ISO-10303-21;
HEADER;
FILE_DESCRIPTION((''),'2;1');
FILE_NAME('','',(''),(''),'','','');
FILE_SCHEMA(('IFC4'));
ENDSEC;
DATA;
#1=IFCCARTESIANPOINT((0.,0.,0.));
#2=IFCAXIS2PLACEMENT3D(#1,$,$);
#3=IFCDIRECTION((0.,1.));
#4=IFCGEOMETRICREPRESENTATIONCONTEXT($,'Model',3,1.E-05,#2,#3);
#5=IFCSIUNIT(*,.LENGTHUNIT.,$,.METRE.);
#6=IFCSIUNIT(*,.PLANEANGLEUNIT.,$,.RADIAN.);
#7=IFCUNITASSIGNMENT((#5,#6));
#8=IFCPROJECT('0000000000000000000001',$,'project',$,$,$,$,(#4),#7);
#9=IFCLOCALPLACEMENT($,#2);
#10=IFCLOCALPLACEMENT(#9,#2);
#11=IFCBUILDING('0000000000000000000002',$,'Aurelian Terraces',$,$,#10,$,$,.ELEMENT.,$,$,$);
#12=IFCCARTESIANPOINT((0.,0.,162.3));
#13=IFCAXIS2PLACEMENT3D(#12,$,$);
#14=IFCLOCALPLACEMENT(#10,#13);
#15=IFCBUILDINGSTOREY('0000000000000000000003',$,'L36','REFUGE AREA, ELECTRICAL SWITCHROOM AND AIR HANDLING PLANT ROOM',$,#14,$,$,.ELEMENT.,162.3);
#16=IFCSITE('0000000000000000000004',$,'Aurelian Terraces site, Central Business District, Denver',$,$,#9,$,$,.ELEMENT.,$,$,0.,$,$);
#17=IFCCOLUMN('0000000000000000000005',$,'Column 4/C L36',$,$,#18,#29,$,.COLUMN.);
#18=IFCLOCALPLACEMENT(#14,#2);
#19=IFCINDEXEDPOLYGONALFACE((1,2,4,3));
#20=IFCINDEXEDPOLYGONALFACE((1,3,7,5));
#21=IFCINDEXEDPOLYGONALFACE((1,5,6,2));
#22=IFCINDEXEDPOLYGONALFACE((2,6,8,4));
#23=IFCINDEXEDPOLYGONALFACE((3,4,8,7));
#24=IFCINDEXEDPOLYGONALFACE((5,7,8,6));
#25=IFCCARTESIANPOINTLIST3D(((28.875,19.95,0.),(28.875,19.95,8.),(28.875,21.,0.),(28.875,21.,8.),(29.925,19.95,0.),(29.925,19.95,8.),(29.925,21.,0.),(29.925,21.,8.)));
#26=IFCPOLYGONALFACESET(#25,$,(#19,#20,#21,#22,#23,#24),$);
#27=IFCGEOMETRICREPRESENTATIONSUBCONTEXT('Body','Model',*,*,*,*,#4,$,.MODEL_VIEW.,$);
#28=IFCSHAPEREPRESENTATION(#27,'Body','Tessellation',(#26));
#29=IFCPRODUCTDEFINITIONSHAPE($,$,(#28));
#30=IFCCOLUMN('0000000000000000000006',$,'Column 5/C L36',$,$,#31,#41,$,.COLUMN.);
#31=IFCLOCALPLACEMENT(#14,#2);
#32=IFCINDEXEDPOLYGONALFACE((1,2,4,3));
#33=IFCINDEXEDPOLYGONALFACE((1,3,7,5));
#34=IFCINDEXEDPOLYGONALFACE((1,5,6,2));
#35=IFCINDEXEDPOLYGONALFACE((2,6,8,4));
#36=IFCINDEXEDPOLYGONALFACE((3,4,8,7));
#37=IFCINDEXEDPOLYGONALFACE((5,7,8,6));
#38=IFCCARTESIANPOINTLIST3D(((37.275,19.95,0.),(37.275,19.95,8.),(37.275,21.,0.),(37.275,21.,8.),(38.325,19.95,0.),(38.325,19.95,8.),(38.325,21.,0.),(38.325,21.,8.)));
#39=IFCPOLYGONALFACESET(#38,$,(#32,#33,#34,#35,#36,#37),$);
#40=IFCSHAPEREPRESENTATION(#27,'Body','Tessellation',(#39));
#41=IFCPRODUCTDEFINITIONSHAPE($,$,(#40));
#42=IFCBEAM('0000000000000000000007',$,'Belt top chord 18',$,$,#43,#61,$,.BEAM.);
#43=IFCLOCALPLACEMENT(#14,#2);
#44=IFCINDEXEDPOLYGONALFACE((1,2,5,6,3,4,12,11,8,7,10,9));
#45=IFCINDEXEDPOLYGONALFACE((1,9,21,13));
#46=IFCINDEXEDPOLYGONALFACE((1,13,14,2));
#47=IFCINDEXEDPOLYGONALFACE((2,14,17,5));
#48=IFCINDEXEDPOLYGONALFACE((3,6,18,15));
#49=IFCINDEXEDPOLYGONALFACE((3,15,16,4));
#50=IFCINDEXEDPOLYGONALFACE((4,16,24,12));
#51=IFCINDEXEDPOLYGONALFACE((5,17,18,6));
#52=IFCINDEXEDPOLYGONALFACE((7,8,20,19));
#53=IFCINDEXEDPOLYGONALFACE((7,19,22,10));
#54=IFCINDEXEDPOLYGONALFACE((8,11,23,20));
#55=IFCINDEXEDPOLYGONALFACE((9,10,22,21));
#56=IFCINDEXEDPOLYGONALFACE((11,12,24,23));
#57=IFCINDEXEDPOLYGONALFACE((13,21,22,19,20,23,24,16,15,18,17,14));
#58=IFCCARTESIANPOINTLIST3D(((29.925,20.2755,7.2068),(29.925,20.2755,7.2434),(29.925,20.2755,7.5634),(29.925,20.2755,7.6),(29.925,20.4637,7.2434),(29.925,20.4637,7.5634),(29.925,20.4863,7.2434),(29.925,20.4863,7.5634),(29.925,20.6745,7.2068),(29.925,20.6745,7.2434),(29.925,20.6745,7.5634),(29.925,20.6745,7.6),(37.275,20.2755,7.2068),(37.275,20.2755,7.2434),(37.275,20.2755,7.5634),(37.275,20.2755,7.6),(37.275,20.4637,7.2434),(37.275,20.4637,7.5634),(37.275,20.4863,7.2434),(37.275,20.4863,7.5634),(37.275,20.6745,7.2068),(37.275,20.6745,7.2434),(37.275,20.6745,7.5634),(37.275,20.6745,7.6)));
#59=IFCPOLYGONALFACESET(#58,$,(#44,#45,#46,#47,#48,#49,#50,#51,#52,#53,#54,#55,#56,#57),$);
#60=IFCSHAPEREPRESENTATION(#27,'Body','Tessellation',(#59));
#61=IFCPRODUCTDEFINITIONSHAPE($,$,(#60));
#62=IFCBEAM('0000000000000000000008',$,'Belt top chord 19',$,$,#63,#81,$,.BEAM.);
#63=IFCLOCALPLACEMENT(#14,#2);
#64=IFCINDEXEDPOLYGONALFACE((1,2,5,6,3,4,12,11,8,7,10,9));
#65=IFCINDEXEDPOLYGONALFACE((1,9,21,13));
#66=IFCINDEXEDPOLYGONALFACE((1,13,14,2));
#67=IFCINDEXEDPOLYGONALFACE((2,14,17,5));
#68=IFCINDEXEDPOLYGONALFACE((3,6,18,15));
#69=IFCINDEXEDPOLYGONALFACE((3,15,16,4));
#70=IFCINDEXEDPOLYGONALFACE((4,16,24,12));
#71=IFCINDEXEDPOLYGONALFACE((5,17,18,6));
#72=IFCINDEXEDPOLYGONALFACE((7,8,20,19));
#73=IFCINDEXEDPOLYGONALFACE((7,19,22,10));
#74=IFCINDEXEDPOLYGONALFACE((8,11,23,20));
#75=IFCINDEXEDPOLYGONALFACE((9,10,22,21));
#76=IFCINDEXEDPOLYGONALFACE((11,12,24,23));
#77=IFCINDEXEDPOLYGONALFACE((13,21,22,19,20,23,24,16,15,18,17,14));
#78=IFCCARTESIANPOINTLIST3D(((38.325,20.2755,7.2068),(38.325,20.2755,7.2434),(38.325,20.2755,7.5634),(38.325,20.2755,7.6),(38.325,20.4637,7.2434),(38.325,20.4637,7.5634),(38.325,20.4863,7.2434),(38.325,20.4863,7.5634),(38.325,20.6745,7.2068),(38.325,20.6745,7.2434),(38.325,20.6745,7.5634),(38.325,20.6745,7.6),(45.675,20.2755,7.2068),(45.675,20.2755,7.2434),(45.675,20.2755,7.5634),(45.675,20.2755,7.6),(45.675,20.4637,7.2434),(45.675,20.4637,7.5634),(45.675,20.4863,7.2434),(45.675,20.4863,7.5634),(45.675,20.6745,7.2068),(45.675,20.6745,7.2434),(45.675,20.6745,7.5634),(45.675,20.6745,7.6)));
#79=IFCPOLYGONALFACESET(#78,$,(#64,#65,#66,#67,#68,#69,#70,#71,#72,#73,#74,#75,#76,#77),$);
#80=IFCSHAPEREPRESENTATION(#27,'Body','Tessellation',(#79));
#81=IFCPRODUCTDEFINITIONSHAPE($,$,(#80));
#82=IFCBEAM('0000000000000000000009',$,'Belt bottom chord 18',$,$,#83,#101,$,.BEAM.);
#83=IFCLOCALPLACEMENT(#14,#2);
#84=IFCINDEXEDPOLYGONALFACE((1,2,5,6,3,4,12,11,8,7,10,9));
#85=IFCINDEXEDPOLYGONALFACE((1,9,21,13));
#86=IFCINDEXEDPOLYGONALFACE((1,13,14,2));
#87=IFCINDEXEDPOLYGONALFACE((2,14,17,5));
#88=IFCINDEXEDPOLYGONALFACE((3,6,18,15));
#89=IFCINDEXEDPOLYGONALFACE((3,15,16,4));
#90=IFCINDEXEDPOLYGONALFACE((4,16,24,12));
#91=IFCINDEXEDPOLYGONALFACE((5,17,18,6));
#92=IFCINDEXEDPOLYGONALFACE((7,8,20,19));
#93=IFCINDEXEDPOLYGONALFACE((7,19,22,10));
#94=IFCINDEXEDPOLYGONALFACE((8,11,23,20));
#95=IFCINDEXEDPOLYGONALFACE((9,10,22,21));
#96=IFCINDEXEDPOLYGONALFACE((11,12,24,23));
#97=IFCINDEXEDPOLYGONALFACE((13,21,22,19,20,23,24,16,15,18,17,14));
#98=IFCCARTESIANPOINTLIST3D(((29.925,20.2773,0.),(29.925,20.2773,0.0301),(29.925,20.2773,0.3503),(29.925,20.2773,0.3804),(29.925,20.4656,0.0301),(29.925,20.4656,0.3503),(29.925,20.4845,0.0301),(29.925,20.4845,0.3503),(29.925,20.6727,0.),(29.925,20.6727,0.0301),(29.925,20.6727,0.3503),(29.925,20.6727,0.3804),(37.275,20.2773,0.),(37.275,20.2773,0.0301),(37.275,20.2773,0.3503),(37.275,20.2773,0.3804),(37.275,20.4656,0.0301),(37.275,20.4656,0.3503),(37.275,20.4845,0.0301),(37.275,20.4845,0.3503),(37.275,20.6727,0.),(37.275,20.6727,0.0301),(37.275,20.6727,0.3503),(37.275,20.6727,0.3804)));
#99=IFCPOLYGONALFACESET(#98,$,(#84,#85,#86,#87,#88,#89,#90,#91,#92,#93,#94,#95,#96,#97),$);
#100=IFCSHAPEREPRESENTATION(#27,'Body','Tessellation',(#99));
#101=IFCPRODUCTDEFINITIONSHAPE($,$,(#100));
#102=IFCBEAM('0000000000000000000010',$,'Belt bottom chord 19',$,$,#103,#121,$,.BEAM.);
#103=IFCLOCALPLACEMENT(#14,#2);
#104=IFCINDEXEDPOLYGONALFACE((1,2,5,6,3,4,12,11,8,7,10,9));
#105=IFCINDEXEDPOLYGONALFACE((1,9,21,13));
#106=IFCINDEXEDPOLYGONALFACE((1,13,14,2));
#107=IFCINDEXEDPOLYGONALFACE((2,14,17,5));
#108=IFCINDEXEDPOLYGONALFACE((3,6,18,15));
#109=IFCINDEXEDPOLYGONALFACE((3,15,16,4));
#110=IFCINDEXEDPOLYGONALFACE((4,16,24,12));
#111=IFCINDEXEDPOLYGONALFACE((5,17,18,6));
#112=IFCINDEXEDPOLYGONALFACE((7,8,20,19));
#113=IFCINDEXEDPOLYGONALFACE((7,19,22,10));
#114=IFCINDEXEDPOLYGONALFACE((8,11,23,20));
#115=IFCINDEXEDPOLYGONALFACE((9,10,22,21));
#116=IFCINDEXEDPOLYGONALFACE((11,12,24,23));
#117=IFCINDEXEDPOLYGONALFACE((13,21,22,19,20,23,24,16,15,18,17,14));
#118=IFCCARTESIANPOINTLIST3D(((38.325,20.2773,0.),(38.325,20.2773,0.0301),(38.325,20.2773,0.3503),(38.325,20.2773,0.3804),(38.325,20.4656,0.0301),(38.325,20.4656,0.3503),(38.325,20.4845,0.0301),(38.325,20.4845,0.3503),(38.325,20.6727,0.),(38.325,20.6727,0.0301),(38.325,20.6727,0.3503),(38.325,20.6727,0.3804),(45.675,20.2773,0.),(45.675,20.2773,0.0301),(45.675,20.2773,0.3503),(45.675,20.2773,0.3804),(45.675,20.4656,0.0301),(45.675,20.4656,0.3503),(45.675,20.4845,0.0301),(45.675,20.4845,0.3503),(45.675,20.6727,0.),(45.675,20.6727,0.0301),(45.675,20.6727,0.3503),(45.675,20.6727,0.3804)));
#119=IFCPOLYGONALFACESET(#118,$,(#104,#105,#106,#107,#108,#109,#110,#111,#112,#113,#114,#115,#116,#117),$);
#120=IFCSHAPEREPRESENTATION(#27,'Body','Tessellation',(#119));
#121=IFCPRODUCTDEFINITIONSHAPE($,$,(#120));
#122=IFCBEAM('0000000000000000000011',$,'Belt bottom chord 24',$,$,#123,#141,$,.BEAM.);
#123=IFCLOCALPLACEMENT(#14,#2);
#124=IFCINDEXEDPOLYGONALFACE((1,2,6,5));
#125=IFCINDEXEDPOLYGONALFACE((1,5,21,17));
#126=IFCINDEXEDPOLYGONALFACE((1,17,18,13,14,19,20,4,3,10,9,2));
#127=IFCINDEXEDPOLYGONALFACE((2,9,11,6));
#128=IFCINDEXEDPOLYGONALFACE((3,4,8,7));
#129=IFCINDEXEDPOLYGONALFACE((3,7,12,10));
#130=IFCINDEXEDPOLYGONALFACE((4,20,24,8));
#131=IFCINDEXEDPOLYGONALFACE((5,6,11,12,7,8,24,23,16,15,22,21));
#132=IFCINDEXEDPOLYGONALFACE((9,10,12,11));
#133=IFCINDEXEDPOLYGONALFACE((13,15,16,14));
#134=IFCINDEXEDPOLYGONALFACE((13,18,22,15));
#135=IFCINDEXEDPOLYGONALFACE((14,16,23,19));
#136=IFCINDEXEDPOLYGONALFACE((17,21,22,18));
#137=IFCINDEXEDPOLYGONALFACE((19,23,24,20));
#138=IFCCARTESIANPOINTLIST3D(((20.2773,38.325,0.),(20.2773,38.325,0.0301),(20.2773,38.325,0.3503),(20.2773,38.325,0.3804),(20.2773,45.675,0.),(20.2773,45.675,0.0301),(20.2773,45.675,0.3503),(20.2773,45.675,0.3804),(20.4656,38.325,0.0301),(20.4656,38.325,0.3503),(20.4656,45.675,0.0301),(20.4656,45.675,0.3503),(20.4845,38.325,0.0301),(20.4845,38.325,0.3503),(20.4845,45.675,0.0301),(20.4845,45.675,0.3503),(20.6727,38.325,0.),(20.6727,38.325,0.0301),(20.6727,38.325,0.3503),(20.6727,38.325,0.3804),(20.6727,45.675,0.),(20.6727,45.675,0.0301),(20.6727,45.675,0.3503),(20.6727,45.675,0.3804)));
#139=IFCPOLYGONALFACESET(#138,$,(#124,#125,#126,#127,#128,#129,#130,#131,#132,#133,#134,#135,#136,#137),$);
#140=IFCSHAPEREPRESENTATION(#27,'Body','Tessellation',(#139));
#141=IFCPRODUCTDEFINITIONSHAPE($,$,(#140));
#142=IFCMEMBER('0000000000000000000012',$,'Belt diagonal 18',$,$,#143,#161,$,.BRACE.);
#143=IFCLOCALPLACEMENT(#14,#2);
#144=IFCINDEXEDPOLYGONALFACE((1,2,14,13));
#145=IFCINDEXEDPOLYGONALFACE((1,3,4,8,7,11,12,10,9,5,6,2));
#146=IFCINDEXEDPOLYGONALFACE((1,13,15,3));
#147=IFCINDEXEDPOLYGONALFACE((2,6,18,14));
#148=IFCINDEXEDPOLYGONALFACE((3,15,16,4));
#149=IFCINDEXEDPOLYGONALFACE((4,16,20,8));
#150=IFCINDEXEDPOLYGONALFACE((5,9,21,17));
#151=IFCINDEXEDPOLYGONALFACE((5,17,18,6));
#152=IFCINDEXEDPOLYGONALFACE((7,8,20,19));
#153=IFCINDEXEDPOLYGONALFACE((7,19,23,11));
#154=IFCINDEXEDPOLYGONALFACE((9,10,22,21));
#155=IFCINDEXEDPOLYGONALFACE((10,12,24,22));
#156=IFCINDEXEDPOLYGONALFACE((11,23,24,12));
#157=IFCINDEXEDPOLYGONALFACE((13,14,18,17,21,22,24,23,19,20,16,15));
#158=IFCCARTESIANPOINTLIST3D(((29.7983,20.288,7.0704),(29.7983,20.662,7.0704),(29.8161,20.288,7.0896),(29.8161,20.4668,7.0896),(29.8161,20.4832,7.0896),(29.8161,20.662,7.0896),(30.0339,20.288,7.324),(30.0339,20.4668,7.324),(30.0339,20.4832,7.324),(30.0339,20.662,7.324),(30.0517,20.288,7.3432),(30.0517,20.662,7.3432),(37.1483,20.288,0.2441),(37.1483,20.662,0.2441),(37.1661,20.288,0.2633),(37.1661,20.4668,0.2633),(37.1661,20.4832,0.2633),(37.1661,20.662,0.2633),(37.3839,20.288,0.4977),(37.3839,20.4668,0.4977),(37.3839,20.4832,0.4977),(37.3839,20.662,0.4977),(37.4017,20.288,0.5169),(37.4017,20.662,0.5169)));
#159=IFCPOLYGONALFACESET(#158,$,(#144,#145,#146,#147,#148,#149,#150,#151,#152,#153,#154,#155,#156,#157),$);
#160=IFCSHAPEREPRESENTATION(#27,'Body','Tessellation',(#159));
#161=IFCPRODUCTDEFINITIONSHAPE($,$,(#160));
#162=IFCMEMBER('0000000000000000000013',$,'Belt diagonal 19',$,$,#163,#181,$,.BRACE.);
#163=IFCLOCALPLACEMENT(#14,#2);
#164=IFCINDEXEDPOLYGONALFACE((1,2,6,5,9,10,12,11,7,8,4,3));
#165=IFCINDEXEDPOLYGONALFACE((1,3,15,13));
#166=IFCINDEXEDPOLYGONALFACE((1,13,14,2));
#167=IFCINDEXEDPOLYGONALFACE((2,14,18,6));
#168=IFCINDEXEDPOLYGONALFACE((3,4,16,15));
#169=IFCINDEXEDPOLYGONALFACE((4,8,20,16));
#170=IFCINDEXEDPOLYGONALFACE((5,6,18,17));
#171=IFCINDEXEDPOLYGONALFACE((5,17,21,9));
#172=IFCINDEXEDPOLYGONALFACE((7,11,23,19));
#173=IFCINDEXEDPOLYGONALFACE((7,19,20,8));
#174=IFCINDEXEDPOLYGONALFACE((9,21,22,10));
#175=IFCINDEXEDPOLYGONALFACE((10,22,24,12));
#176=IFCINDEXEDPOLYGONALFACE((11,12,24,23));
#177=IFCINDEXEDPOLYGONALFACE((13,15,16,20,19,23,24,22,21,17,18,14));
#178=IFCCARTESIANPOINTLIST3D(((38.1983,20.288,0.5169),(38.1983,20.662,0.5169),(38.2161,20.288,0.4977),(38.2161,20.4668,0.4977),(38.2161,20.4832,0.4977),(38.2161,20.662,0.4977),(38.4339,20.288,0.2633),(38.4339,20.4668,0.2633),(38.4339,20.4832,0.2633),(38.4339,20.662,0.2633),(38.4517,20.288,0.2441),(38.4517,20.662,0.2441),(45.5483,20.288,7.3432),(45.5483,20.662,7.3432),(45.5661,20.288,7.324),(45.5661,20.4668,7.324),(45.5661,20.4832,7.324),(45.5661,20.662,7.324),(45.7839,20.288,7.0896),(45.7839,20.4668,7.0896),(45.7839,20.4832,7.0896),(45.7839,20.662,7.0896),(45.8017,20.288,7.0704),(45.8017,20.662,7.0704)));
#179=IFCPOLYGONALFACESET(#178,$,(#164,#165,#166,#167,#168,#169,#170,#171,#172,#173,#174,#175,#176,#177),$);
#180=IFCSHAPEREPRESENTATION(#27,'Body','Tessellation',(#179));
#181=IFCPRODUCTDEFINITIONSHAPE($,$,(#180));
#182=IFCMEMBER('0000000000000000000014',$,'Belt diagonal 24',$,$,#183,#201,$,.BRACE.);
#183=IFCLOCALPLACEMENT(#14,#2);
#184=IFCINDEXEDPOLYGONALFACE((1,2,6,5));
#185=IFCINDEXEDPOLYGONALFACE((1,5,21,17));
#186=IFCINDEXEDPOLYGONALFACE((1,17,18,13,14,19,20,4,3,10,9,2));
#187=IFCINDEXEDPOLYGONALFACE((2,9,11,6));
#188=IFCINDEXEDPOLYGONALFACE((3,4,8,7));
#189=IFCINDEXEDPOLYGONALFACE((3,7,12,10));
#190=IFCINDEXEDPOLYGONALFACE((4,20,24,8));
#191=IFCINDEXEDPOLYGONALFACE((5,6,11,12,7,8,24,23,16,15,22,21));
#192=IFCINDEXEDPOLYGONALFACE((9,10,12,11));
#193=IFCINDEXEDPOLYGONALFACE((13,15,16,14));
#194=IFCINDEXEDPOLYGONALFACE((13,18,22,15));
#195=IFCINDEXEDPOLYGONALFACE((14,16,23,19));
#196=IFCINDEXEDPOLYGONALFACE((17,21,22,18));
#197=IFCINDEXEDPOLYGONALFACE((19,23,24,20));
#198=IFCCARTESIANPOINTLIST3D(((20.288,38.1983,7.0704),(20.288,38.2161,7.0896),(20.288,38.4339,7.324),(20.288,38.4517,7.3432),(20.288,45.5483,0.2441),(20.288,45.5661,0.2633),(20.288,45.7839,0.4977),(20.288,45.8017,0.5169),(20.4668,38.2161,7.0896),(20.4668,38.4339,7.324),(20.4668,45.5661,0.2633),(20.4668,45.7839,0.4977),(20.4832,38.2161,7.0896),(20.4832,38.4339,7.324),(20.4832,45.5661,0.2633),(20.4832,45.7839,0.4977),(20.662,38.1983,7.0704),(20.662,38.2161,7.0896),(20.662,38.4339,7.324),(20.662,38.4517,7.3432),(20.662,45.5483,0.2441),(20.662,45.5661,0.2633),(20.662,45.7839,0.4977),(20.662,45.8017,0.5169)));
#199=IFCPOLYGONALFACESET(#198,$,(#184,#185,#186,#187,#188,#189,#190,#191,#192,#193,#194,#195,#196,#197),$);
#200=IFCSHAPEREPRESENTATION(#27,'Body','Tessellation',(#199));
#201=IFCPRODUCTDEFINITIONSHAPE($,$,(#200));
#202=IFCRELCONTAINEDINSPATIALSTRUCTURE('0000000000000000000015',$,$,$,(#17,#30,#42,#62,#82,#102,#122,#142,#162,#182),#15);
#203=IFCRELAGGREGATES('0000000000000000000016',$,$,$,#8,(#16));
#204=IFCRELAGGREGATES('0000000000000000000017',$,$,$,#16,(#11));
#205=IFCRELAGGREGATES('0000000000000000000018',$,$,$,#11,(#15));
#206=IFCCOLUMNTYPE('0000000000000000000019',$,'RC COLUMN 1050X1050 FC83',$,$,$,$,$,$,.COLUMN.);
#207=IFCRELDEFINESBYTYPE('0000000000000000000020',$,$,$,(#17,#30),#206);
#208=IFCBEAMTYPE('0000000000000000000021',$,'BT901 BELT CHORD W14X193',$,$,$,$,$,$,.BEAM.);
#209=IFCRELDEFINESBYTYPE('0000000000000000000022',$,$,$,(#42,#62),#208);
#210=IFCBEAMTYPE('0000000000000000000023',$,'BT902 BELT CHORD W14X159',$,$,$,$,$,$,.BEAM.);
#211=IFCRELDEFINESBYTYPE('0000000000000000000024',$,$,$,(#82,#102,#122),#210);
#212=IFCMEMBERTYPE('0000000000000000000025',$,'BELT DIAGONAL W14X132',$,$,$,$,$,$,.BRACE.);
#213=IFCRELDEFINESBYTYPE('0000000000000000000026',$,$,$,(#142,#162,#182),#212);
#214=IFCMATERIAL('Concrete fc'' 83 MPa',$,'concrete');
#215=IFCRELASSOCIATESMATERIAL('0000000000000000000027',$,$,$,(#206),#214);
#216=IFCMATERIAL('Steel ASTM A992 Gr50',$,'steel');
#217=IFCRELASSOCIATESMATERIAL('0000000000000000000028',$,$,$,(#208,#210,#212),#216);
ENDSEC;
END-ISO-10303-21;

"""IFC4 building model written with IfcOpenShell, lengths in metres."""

from ifc_helpers import new_model, si_unit, direction, frame, origin, origin_2d, place, context, subcontext, project, spatial, rectangle, i_section, extrude, source, transform, mapped, material, material_profile, profile_set, type_object, element, save


model = new_model("IFC4")

# Units and contexts
model_context = context("Model", 3, precision=1e-05, world=origin(), true_north=direction((0.0, 1.0)))
body_context = subcontext(model_context, "Body", "Model", "MODEL_VIEW")
ifc_project = project(units=[si_unit("LENGTHUNIT", "METRE"), si_unit("PLANEANGLEUNIT", "RADIAN")], contexts=[model_context])

# Site, building, storey
site_placement = place(None, origin())
site = spatial("IfcSite", under=ifc_project, at=site_placement, Name="Aurelian Terraces site, Central Business District, Denver", CompositionType="ELEMENT", RefElevation=0.0)
building_placement = place(site_placement, origin())
building = spatial("IfcBuilding", under=site, at=building_placement, Name="Aurelian Terraces", CompositionType="ELEMENT")
storey_placement = place(building_placement, frame((0.0, 0.0, 162.3)))
storey = spatial("IfcBuildingStorey", under=building, at=storey_placement, Name="L36", Description="REFUGE AREA, ELECTRICAL SWITCHROOM AND AIR HANDLING PLANT ROOM", CompositionType="ELEMENT", Elevation=162.3)

# Columns
ifc_material_1 = material(Name="Concrete fc' 83 MPa", Category="concrete")
ifc_material_profile_1 = material_profile(ifc_material_1, rectangle(XDim=1.05, YDim=1.05, at=origin_2d()))
ifc_profile_set_1 = profile_set([ifc_material_profile_1], Name="Concrete fc' 83 MPa")
column_type = type_object("IfcColumnType", Name="RC COLUMN 1050X1050 FC83", PredefinedType="COLUMN", material=ifc_profile_set_1)
shared_shape_1 = source(origin(), body_context, "Body", "SweptSolid", [
    extrude(rectangle(XDim=1.05, YDim=1.05, at=origin_2d()), origin(), (0.0, 0.0, 1.0), 8.0),
])
for number, where, z_axis, x_axis, name in (
    (1, (29.4, 20.475, 0.0), (0.0, 0.0, 1.0), (1.0, 0.0, 0.0), "Column 4/C L36"),
    (2, (37.8, 20.475, 0.0), (0.0, 0.0, 1.0), (1.0, 0.0, 0.0), "Column 5/C L36"),
):
    element("IfcColumn", number, at=place(storey_placement, frame(where, z_axis=z_axis, x_axis=x_axis)), inside=storey, type_object=column_type, Name=name, PredefinedType="COLUMN", context=body_context, shape_type="MappedRepresentation", body=[
        mapped(shared_shape_1, transform((0.0, 0.0, 0.0), scale=1.0)),
    ])

# Beams
ifc_material_2 = material(Name="Steel ASTM A992 Gr50", Category="steel")
ifc_material_profile_2 = material_profile(ifc_material_2, i_section(OverallWidth=0.399, OverallDepth=0.3932, WebThickness=0.0226, FlangeThickness=0.0366, at=origin_2d()))
ifc_profile_set_2 = profile_set([ifc_material_profile_2], Name="Steel ASTM A992 Gr50")
beam_type_1 = type_object("IfcBeamType", Name="BT901 BELT CHORD W14X193", PredefinedType="BEAM", material=ifc_profile_set_2)
shared_shape_2 = source(origin(), body_context, "Body", "SweptSolid", [
    extrude(i_section(OverallWidth=0.399, OverallDepth=0.3932, WebThickness=0.0226, FlangeThickness=0.0366, at=origin_2d()), origin(), (0.0, 0.0, 1.0), 7.35),
])
for number, where, z_axis, x_axis, name in (
    (3, (29.925, 20.475, 7.4034), (1.0, 0.0, 0.0), (0.0, 1.0, 0.0), "Belt top chord 18"),
    (4, (38.325, 20.475, 7.4034), (1.0, 0.0, 0.0), (0.0, 1.0, 0.0), "Belt top chord 19"),
):
    element("IfcBeam", number, at=place(storey_placement, frame(where, z_axis=z_axis, x_axis=x_axis)), inside=storey, type_object=beam_type_1, Name=name, PredefinedType="BEAM", context=body_context, shape_type="MappedRepresentation", body=[
        mapped(shared_shape_2, transform((0.0, 0.0, 0.0), scale=1.0)),
    ])
ifc_material_profile_3 = material_profile(ifc_material_2, i_section(OverallWidth=0.3954, OverallDepth=0.3805, WebThickness=0.0189, FlangeThickness=0.0302, at=origin_2d()))
ifc_profile_set_3 = profile_set([ifc_material_profile_3], Name="Steel ASTM A992 Gr50")
beam_type_2 = type_object("IfcBeamType", Name="BT902 BELT CHORD W14X159", PredefinedType="BEAM", material=ifc_profile_set_3)
shared_shape_3 = source(origin(), body_context, "Body", "SweptSolid", [
    extrude(i_section(OverallWidth=0.3954, OverallDepth=0.3805, WebThickness=0.0189, FlangeThickness=0.0302, at=origin_2d()), origin(), (0.0, 0.0, 1.0), 7.35),
])
for number, where, z_axis, x_axis, name in (
    (5, (29.925, 20.475, 0.1902), (1.0, 0.0, 0.0), (0.0, 1.0, 0.0), "Belt bottom chord 18"),
    (6, (38.325, 20.475, 0.1902), (1.0, 0.0, 0.0), (0.0, 1.0, 0.0), "Belt bottom chord 19"),
    (7, (20.475, 38.325, 0.1902), (0.0, 1.0, 0.0), (-1.0, 0.0, 0.0), "Belt bottom chord 24"),
):
    element("IfcBeam", number, at=place(storey_placement, frame(where, z_axis=z_axis, x_axis=x_axis)), inside=storey, type_object=beam_type_2, Name=name, PredefinedType="BEAM", context=body_context, shape_type="MappedRepresentation", body=[
        mapped(shared_shape_3, transform((0.0, 0.0, 0.0), scale=1.0)),
    ])

# Members
ifc_material_profile_4 = material_profile(ifc_material_2, i_section(OverallWidth=0.374, OverallDepth=0.3724, WebThickness=0.0164, FlangeThickness=0.0262, at=origin_2d()))
ifc_profile_set_4 = profile_set([ifc_material_profile_4], Name="Steel ASTM A992 Gr50")
member_type = type_object("IfcMemberType", Name="BELT DIAGONAL W14X132", PredefinedType="BRACE", material=ifc_profile_set_4)
shared_shape_4 = source(origin(), body_context, "Body", "SweptSolid", [
    extrude(i_section(OverallWidth=0.374, OverallDepth=0.3724, WebThickness=0.0164, FlangeThickness=0.0262, at=origin_2d()), origin(), (0.0, 0.0, 1.0), 10.031),
])
for number, where, z_axis, x_axis, name in (
    (8, (37.275, 20.475, 0.3805), (-0.732729, 0.0, 0.680521), (0.0, -1.0, 0.0), "Belt diagonal 18"),
    (9, (38.325, 20.475, 0.3805), (0.732729, 0.0, 0.680521), (0.0, 1.0, 0.0), "Belt diagonal 19"),
    (10, (20.475, 45.675, 0.3805), (0.0, -0.732729, 0.680521), (1.0, 0.0, 0.0), "Belt diagonal 24"),
):
    element("IfcMember", number, at=place(storey_placement, frame(where, z_axis=z_axis, x_axis=x_axis)), inside=storey, type_object=member_type, Name=name, PredefinedType="BRACE", context=body_context, shape_type="MappedRepresentation", body=[
        mapped(shared_shape_4, transform((0.0, 0.0, 0.0), scale=1.0)),
    ])

save(model, "model.ifc")
